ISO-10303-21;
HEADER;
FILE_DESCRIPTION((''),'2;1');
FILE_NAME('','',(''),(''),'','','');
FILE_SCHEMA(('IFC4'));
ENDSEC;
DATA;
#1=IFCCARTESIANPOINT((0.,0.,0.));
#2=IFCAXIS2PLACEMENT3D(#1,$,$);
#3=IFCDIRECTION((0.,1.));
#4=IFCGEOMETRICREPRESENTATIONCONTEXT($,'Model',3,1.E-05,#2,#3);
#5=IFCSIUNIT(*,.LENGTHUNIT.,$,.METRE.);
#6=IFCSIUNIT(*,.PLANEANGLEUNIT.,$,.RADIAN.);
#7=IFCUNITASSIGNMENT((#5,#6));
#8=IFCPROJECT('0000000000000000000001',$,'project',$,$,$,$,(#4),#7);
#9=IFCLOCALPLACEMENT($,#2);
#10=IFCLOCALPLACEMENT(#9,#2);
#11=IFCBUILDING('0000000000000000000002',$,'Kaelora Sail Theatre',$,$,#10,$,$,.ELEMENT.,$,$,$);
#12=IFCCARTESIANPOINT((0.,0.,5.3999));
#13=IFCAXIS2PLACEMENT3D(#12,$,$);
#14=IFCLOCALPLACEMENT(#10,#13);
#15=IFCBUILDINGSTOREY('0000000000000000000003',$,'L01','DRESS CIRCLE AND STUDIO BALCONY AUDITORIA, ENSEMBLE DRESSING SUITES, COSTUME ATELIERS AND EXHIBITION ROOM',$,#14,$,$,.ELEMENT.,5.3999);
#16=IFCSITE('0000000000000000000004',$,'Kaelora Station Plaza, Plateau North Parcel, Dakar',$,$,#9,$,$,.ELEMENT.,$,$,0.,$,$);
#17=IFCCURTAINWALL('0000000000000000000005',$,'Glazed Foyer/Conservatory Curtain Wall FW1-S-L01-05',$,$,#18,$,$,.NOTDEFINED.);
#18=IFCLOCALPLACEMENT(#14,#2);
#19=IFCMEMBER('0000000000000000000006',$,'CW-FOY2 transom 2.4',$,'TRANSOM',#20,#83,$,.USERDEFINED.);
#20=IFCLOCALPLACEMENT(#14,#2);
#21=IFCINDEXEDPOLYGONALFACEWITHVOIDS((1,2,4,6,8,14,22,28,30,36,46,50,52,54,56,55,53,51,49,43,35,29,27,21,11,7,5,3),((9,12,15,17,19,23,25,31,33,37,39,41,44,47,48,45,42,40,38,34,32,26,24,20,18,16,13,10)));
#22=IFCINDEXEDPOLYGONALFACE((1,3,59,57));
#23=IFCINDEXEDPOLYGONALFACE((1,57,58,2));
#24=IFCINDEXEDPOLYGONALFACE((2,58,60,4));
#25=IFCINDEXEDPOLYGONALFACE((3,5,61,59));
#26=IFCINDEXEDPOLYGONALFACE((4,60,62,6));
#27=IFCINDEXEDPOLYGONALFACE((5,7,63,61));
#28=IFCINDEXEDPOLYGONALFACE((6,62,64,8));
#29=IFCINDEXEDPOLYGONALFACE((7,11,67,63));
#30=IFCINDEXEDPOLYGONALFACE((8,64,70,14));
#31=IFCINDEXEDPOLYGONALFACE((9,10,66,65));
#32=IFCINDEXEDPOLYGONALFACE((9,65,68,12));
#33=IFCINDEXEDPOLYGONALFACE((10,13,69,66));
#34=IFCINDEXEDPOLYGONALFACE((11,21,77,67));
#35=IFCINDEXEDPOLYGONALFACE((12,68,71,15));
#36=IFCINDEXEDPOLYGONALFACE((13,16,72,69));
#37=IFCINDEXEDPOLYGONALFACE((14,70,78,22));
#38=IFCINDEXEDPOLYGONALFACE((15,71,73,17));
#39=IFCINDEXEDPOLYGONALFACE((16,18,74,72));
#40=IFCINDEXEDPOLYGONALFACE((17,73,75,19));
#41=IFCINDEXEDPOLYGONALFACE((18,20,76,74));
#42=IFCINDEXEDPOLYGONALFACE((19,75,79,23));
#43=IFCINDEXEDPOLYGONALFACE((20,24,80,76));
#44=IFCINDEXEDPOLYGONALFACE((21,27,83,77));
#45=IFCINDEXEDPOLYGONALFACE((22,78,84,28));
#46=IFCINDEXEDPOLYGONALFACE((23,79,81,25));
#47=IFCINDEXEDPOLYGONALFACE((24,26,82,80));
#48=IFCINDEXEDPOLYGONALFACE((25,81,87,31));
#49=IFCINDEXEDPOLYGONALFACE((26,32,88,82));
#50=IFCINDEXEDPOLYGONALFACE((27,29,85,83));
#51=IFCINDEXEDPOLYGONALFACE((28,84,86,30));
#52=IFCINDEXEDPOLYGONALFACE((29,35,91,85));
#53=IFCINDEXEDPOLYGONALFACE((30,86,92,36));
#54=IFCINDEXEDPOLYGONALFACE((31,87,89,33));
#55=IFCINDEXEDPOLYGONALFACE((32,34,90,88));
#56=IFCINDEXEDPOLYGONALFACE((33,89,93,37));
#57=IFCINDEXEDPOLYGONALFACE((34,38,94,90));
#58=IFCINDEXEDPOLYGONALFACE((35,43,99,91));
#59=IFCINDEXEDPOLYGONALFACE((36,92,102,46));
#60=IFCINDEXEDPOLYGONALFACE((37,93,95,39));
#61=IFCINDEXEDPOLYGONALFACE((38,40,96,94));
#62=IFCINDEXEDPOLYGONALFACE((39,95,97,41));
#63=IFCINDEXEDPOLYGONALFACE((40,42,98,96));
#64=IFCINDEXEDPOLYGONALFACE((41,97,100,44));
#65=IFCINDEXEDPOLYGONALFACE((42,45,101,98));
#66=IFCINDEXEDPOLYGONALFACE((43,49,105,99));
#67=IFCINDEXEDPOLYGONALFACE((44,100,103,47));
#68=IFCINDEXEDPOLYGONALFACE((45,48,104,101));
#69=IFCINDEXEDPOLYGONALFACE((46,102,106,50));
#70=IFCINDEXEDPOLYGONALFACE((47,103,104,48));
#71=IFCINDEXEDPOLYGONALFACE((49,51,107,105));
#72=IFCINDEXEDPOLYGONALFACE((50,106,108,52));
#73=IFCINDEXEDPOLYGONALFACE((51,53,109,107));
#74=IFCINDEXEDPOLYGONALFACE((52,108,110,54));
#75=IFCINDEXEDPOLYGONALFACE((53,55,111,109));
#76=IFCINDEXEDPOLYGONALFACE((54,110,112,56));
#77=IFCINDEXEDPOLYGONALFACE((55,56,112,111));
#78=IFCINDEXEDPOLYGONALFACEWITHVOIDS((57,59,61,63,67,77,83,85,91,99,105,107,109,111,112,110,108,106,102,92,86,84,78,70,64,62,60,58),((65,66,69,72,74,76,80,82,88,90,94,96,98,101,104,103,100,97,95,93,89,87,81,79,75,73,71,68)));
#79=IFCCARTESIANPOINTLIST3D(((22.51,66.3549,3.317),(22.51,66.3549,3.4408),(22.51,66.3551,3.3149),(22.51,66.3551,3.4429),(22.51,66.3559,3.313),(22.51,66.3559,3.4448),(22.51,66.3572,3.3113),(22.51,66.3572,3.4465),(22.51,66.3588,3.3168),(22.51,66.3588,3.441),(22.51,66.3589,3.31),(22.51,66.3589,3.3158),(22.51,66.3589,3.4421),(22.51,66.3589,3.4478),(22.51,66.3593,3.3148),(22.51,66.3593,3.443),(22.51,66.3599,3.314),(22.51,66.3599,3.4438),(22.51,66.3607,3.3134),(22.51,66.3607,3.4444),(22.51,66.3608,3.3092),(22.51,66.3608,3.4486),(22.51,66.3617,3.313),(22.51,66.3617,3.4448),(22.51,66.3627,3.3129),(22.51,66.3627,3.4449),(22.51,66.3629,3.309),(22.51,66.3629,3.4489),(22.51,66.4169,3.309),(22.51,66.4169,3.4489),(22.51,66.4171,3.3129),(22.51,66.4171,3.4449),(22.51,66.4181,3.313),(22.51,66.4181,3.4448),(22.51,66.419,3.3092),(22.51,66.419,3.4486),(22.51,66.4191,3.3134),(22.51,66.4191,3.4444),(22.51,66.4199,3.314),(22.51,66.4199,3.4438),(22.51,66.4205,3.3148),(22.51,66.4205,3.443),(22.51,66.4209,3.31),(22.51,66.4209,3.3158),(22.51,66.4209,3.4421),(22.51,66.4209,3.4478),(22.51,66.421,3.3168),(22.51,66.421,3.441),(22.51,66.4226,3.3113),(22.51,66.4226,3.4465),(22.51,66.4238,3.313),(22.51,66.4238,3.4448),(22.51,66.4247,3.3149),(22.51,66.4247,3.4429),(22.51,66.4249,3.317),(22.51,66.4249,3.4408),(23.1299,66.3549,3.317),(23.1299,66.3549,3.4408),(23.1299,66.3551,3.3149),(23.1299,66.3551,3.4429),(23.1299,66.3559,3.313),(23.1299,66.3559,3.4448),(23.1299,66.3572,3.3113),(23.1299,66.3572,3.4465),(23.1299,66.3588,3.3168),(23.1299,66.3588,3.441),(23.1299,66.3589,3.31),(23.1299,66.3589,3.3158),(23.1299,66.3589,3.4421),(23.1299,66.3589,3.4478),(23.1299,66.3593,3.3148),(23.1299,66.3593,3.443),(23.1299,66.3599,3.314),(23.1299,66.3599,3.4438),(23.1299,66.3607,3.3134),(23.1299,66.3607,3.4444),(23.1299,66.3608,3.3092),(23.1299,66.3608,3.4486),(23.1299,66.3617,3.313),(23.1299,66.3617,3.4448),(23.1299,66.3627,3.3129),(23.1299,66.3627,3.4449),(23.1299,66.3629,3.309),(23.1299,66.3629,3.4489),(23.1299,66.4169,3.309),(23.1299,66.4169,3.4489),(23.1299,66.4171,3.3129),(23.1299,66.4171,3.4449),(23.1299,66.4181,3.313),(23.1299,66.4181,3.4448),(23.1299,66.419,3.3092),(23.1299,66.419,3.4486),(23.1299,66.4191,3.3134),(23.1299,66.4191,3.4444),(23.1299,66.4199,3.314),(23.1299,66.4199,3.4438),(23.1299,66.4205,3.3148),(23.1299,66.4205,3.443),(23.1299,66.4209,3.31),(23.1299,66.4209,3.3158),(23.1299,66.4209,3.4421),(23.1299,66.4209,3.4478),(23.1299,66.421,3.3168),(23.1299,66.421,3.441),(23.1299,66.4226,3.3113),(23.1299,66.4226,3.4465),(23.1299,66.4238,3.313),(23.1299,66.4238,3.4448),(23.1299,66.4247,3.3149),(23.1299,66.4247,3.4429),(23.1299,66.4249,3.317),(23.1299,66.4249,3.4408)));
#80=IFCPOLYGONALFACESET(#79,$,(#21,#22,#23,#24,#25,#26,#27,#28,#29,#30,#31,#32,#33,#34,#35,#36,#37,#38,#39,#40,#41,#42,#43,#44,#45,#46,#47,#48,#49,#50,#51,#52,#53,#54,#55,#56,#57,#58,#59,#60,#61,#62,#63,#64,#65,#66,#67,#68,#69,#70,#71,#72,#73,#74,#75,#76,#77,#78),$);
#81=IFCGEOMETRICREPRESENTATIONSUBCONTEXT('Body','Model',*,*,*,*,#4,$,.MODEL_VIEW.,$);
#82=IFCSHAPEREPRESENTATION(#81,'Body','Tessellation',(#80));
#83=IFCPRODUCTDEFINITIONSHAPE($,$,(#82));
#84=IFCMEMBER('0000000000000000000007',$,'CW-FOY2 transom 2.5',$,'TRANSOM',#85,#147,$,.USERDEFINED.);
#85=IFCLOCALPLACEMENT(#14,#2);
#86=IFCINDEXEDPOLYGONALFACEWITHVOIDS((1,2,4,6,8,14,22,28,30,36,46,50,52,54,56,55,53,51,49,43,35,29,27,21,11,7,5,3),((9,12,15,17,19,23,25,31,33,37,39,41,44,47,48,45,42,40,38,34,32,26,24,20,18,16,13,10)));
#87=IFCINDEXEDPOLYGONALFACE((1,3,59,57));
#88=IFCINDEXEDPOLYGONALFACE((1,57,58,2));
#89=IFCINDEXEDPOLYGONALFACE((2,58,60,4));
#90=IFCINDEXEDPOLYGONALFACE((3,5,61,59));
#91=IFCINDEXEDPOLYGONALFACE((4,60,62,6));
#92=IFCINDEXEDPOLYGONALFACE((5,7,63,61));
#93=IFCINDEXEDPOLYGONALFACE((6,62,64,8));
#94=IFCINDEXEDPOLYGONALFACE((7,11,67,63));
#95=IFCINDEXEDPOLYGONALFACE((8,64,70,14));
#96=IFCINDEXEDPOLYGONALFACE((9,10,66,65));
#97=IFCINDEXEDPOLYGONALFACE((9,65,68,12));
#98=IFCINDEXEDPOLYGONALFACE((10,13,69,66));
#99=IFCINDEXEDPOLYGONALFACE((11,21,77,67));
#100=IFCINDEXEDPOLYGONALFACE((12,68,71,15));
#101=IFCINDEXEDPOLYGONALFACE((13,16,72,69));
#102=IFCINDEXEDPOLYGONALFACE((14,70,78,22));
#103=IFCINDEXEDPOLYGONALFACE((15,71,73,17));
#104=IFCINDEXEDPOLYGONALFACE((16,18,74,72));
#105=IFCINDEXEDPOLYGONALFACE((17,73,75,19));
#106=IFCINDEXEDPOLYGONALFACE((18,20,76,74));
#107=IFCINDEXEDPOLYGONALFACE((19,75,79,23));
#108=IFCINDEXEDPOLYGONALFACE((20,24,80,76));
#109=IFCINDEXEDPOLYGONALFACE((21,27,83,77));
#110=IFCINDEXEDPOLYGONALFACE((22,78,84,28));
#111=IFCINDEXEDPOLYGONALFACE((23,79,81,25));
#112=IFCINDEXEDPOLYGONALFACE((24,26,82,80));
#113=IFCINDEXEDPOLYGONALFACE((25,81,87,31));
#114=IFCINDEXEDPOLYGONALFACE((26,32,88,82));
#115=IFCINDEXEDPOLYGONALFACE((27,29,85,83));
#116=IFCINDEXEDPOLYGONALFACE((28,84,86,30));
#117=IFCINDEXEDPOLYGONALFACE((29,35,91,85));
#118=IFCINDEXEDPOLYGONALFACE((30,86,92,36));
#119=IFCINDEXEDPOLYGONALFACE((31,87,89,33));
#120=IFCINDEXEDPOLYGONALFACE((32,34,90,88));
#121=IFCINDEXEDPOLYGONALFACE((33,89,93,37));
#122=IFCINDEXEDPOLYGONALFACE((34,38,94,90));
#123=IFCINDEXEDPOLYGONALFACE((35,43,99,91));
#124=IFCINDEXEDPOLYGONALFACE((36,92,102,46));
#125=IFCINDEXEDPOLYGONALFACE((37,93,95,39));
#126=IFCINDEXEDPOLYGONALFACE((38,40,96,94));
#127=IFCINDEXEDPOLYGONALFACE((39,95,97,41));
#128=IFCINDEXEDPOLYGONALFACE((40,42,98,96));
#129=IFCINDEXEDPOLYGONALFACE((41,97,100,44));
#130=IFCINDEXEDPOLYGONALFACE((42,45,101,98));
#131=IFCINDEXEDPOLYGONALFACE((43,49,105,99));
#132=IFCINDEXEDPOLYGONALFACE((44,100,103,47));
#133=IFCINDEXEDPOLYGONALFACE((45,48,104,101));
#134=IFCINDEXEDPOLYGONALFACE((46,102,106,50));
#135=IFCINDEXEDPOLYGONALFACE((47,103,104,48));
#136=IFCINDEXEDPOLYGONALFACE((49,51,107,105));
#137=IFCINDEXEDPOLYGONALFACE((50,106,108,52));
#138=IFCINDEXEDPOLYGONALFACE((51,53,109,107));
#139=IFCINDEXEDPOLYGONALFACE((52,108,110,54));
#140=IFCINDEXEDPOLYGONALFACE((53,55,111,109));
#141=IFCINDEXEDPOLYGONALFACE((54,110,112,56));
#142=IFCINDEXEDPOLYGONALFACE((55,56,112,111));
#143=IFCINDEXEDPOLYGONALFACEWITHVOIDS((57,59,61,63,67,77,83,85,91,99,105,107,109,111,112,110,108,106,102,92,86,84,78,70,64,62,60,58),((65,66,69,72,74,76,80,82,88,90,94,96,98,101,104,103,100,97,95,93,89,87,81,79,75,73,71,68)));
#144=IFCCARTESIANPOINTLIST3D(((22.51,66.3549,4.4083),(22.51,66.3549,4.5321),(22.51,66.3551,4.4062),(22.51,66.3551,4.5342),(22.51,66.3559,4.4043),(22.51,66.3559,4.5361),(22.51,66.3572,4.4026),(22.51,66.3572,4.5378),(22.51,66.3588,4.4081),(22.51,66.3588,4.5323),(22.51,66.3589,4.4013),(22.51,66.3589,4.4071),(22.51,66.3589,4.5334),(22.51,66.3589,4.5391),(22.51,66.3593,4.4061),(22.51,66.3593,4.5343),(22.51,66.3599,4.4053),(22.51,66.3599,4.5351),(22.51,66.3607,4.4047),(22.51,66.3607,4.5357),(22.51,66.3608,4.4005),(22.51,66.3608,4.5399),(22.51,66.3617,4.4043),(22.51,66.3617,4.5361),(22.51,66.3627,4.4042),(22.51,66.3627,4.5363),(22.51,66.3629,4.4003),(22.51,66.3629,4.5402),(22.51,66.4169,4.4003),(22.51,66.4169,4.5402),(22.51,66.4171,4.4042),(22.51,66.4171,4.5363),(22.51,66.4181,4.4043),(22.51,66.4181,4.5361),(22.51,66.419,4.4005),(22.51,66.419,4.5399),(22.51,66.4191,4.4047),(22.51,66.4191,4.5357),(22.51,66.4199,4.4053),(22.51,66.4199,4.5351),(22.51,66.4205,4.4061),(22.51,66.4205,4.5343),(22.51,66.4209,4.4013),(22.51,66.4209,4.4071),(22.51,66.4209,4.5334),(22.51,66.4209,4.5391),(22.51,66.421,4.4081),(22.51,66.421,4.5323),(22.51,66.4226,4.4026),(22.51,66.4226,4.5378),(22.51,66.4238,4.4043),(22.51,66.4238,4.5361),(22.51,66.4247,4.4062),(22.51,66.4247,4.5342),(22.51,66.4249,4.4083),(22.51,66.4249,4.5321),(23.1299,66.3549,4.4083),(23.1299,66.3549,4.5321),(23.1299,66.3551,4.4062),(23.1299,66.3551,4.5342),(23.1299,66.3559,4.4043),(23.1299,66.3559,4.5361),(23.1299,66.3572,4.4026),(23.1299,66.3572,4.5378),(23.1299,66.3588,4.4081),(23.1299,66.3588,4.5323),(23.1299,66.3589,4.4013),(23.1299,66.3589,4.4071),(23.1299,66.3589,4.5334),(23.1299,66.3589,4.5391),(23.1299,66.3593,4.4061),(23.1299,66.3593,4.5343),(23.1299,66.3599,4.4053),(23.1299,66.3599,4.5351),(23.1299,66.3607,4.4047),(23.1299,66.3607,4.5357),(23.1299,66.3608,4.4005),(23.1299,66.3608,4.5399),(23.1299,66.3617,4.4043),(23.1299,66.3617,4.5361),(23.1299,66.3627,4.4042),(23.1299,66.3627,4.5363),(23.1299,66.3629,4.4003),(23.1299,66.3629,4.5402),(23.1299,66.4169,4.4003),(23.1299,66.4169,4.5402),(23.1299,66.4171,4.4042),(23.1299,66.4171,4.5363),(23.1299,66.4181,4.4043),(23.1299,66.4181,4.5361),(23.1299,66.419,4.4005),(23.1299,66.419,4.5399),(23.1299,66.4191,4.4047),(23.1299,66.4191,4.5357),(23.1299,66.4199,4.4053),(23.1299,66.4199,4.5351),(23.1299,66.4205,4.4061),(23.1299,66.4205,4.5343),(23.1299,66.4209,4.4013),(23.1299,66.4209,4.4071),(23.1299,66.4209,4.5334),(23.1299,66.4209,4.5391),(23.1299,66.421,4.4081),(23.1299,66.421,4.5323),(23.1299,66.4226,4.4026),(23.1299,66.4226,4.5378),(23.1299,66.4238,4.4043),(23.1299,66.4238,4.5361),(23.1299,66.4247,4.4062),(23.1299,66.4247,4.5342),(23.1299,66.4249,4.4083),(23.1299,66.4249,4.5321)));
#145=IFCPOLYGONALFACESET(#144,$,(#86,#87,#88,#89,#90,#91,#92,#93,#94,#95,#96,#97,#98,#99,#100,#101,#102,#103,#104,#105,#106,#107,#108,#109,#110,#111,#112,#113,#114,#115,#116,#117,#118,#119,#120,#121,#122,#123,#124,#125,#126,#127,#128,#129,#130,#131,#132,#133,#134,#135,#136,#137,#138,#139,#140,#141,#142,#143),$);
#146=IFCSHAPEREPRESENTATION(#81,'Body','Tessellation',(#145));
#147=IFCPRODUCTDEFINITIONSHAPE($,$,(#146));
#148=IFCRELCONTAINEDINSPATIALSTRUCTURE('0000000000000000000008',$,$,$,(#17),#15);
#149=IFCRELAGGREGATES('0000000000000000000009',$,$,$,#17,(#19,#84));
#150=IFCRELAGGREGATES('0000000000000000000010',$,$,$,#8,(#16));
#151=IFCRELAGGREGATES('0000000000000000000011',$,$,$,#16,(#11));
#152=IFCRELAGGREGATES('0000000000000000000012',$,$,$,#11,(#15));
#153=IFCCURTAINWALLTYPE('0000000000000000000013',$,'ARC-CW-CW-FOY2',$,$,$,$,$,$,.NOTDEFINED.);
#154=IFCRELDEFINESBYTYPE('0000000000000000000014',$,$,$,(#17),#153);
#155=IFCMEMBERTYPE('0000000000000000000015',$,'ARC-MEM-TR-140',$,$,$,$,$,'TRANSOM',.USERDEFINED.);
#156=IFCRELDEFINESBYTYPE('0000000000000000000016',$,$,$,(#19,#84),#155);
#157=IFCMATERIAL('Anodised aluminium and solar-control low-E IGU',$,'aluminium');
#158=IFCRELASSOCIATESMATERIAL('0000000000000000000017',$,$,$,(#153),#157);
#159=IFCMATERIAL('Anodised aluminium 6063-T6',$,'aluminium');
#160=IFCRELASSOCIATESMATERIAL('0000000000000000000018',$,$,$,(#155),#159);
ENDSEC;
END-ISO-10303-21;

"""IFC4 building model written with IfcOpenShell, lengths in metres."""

from ifc_helpers import new_model, si_unit, direction, frame, origin, origin_2d, place, context, subcontext, project, spatial, hollow_rectangle, extrude, material, material_profile, profile_set, type_object, element, aggregate, save


model = new_model("IFC4")

# Units and contexts
model_context = context("Model", 3, precision=1e-05, world=origin(), true_north=direction((0.0, 1.0)))
body_context = subcontext(model_context, "Body", "Model", "MODEL_VIEW")
ifc_project = project(units=[si_unit("LENGTHUNIT", "METRE"), si_unit("PLANEANGLEUNIT", "RADIAN")], contexts=[model_context])

# Site, building, storey
site_placement = place(None, origin())
site = spatial("IfcSite", under=ifc_project, at=site_placement, Name="Kaelora Station Plaza, Plateau North Parcel, Dakar", CompositionType="ELEMENT", RefElevation=0.0)
building_placement = place(site_placement, origin())
building = spatial("IfcBuilding", under=site, at=building_placement, Name="Kaelora Sail Theatre", CompositionType="ELEMENT")
storey_placement = place(building_placement, frame((0.0, 0.0, 5.3999)))
storey = spatial("IfcBuildingStorey", under=building, at=storey_placement, Name="L01", Description="DRESS CIRCLE AND STUDIO BALCONY AUDITORIA, ENSEMBLE DRESSING SUITES, COSTUME ATELIERS AND EXHIBITION ROOM", CompositionType="ELEMENT", Elevation=5.3999)

# Curtain wall, members
ifc_material_1 = material(Name="Anodised aluminium and solar-control low-E IGU", Category="aluminium")
curtain_wall_type = type_object("IfcCurtainWallType", Name="ARC-CW-CW-FOY2", PredefinedType="NOTDEFINED", material=ifc_material_1)
curtain_wall_placement = place(storey_placement, origin())
curtain_wall = element("IfcCurtainWall", 1, at=curtain_wall_placement, inside=storey, type_object=curtain_wall_type, Name="Glazed Foyer/Conservatory Curtain Wall FW1-S-L01-05", PredefinedType="NOTDEFINED")
ifc_material_2 = material(Name="Anodised aluminium 6063-T6", Category="aluminium")
ifc_material_profile_1 = material_profile(ifc_material_2, hollow_rectangle(XDim=0.0701, YDim=0.1399, WallThickness=0.0039, InnerFilletRadius=0.0039, OuterFilletRadius=0.0081, at=origin_2d()), Name="ALU-TRAN 70x140x4")
ifc_profile_set_1 = profile_set([ifc_material_profile_1], Name="Anodised aluminium 6063-T6")
member_type_1 = type_object("IfcMemberType", Name="ARC-MEM-TR-140", ElementType="TRANSOM", PredefinedType="USERDEFINED", material=ifc_profile_set_1)
member_1_placement = place(storey_placement, frame((22.51, 66.3899, 3.3789), z_axis=(1.0, 0.0, 0.0), x_axis=(0.0, 1.0, 0.0)))
member_1 = element("IfcMember", 2, at=member_1_placement, type_object=member_type_1, Name="CW-FOY2 transom 2.4", ObjectType="TRANSOM", PredefinedType="USERDEFINED", context=body_context, shape_type="SweptSolid", body=[
    extrude(hollow_rectangle(XDim=0.0701, YDim=0.1399, WallThickness=0.0039, InnerFilletRadius=0.0039, OuterFilletRadius=0.0081, at=origin_2d()), origin(), (0.0, 0.0, 1.0), 0.6199),
])
member_2_placement = place(storey_placement, frame((22.51, 66.3899, 4.4702), z_axis=(1.0, 0.0, 0.0), x_axis=(0.0, 1.0, 0.0)))
member_2 = element("IfcMember", 3, at=member_2_placement, type_object=member_type_1, Name="CW-FOY2 transom 2.5", ObjectType="TRANSOM", PredefinedType="USERDEFINED", context=body_context, shape_type="SweptSolid", body=[
    extrude(hollow_rectangle(XDim=0.0701, YDim=0.1399, WallThickness=0.0039, InnerFilletRadius=0.0039, OuterFilletRadius=0.0081, at=origin_2d()), origin(), (0.0, 0.0, 1.0), 0.6199),
])
aggregate(curtain_wall, [member_1, member_2])

save(model, "model.ifc")
